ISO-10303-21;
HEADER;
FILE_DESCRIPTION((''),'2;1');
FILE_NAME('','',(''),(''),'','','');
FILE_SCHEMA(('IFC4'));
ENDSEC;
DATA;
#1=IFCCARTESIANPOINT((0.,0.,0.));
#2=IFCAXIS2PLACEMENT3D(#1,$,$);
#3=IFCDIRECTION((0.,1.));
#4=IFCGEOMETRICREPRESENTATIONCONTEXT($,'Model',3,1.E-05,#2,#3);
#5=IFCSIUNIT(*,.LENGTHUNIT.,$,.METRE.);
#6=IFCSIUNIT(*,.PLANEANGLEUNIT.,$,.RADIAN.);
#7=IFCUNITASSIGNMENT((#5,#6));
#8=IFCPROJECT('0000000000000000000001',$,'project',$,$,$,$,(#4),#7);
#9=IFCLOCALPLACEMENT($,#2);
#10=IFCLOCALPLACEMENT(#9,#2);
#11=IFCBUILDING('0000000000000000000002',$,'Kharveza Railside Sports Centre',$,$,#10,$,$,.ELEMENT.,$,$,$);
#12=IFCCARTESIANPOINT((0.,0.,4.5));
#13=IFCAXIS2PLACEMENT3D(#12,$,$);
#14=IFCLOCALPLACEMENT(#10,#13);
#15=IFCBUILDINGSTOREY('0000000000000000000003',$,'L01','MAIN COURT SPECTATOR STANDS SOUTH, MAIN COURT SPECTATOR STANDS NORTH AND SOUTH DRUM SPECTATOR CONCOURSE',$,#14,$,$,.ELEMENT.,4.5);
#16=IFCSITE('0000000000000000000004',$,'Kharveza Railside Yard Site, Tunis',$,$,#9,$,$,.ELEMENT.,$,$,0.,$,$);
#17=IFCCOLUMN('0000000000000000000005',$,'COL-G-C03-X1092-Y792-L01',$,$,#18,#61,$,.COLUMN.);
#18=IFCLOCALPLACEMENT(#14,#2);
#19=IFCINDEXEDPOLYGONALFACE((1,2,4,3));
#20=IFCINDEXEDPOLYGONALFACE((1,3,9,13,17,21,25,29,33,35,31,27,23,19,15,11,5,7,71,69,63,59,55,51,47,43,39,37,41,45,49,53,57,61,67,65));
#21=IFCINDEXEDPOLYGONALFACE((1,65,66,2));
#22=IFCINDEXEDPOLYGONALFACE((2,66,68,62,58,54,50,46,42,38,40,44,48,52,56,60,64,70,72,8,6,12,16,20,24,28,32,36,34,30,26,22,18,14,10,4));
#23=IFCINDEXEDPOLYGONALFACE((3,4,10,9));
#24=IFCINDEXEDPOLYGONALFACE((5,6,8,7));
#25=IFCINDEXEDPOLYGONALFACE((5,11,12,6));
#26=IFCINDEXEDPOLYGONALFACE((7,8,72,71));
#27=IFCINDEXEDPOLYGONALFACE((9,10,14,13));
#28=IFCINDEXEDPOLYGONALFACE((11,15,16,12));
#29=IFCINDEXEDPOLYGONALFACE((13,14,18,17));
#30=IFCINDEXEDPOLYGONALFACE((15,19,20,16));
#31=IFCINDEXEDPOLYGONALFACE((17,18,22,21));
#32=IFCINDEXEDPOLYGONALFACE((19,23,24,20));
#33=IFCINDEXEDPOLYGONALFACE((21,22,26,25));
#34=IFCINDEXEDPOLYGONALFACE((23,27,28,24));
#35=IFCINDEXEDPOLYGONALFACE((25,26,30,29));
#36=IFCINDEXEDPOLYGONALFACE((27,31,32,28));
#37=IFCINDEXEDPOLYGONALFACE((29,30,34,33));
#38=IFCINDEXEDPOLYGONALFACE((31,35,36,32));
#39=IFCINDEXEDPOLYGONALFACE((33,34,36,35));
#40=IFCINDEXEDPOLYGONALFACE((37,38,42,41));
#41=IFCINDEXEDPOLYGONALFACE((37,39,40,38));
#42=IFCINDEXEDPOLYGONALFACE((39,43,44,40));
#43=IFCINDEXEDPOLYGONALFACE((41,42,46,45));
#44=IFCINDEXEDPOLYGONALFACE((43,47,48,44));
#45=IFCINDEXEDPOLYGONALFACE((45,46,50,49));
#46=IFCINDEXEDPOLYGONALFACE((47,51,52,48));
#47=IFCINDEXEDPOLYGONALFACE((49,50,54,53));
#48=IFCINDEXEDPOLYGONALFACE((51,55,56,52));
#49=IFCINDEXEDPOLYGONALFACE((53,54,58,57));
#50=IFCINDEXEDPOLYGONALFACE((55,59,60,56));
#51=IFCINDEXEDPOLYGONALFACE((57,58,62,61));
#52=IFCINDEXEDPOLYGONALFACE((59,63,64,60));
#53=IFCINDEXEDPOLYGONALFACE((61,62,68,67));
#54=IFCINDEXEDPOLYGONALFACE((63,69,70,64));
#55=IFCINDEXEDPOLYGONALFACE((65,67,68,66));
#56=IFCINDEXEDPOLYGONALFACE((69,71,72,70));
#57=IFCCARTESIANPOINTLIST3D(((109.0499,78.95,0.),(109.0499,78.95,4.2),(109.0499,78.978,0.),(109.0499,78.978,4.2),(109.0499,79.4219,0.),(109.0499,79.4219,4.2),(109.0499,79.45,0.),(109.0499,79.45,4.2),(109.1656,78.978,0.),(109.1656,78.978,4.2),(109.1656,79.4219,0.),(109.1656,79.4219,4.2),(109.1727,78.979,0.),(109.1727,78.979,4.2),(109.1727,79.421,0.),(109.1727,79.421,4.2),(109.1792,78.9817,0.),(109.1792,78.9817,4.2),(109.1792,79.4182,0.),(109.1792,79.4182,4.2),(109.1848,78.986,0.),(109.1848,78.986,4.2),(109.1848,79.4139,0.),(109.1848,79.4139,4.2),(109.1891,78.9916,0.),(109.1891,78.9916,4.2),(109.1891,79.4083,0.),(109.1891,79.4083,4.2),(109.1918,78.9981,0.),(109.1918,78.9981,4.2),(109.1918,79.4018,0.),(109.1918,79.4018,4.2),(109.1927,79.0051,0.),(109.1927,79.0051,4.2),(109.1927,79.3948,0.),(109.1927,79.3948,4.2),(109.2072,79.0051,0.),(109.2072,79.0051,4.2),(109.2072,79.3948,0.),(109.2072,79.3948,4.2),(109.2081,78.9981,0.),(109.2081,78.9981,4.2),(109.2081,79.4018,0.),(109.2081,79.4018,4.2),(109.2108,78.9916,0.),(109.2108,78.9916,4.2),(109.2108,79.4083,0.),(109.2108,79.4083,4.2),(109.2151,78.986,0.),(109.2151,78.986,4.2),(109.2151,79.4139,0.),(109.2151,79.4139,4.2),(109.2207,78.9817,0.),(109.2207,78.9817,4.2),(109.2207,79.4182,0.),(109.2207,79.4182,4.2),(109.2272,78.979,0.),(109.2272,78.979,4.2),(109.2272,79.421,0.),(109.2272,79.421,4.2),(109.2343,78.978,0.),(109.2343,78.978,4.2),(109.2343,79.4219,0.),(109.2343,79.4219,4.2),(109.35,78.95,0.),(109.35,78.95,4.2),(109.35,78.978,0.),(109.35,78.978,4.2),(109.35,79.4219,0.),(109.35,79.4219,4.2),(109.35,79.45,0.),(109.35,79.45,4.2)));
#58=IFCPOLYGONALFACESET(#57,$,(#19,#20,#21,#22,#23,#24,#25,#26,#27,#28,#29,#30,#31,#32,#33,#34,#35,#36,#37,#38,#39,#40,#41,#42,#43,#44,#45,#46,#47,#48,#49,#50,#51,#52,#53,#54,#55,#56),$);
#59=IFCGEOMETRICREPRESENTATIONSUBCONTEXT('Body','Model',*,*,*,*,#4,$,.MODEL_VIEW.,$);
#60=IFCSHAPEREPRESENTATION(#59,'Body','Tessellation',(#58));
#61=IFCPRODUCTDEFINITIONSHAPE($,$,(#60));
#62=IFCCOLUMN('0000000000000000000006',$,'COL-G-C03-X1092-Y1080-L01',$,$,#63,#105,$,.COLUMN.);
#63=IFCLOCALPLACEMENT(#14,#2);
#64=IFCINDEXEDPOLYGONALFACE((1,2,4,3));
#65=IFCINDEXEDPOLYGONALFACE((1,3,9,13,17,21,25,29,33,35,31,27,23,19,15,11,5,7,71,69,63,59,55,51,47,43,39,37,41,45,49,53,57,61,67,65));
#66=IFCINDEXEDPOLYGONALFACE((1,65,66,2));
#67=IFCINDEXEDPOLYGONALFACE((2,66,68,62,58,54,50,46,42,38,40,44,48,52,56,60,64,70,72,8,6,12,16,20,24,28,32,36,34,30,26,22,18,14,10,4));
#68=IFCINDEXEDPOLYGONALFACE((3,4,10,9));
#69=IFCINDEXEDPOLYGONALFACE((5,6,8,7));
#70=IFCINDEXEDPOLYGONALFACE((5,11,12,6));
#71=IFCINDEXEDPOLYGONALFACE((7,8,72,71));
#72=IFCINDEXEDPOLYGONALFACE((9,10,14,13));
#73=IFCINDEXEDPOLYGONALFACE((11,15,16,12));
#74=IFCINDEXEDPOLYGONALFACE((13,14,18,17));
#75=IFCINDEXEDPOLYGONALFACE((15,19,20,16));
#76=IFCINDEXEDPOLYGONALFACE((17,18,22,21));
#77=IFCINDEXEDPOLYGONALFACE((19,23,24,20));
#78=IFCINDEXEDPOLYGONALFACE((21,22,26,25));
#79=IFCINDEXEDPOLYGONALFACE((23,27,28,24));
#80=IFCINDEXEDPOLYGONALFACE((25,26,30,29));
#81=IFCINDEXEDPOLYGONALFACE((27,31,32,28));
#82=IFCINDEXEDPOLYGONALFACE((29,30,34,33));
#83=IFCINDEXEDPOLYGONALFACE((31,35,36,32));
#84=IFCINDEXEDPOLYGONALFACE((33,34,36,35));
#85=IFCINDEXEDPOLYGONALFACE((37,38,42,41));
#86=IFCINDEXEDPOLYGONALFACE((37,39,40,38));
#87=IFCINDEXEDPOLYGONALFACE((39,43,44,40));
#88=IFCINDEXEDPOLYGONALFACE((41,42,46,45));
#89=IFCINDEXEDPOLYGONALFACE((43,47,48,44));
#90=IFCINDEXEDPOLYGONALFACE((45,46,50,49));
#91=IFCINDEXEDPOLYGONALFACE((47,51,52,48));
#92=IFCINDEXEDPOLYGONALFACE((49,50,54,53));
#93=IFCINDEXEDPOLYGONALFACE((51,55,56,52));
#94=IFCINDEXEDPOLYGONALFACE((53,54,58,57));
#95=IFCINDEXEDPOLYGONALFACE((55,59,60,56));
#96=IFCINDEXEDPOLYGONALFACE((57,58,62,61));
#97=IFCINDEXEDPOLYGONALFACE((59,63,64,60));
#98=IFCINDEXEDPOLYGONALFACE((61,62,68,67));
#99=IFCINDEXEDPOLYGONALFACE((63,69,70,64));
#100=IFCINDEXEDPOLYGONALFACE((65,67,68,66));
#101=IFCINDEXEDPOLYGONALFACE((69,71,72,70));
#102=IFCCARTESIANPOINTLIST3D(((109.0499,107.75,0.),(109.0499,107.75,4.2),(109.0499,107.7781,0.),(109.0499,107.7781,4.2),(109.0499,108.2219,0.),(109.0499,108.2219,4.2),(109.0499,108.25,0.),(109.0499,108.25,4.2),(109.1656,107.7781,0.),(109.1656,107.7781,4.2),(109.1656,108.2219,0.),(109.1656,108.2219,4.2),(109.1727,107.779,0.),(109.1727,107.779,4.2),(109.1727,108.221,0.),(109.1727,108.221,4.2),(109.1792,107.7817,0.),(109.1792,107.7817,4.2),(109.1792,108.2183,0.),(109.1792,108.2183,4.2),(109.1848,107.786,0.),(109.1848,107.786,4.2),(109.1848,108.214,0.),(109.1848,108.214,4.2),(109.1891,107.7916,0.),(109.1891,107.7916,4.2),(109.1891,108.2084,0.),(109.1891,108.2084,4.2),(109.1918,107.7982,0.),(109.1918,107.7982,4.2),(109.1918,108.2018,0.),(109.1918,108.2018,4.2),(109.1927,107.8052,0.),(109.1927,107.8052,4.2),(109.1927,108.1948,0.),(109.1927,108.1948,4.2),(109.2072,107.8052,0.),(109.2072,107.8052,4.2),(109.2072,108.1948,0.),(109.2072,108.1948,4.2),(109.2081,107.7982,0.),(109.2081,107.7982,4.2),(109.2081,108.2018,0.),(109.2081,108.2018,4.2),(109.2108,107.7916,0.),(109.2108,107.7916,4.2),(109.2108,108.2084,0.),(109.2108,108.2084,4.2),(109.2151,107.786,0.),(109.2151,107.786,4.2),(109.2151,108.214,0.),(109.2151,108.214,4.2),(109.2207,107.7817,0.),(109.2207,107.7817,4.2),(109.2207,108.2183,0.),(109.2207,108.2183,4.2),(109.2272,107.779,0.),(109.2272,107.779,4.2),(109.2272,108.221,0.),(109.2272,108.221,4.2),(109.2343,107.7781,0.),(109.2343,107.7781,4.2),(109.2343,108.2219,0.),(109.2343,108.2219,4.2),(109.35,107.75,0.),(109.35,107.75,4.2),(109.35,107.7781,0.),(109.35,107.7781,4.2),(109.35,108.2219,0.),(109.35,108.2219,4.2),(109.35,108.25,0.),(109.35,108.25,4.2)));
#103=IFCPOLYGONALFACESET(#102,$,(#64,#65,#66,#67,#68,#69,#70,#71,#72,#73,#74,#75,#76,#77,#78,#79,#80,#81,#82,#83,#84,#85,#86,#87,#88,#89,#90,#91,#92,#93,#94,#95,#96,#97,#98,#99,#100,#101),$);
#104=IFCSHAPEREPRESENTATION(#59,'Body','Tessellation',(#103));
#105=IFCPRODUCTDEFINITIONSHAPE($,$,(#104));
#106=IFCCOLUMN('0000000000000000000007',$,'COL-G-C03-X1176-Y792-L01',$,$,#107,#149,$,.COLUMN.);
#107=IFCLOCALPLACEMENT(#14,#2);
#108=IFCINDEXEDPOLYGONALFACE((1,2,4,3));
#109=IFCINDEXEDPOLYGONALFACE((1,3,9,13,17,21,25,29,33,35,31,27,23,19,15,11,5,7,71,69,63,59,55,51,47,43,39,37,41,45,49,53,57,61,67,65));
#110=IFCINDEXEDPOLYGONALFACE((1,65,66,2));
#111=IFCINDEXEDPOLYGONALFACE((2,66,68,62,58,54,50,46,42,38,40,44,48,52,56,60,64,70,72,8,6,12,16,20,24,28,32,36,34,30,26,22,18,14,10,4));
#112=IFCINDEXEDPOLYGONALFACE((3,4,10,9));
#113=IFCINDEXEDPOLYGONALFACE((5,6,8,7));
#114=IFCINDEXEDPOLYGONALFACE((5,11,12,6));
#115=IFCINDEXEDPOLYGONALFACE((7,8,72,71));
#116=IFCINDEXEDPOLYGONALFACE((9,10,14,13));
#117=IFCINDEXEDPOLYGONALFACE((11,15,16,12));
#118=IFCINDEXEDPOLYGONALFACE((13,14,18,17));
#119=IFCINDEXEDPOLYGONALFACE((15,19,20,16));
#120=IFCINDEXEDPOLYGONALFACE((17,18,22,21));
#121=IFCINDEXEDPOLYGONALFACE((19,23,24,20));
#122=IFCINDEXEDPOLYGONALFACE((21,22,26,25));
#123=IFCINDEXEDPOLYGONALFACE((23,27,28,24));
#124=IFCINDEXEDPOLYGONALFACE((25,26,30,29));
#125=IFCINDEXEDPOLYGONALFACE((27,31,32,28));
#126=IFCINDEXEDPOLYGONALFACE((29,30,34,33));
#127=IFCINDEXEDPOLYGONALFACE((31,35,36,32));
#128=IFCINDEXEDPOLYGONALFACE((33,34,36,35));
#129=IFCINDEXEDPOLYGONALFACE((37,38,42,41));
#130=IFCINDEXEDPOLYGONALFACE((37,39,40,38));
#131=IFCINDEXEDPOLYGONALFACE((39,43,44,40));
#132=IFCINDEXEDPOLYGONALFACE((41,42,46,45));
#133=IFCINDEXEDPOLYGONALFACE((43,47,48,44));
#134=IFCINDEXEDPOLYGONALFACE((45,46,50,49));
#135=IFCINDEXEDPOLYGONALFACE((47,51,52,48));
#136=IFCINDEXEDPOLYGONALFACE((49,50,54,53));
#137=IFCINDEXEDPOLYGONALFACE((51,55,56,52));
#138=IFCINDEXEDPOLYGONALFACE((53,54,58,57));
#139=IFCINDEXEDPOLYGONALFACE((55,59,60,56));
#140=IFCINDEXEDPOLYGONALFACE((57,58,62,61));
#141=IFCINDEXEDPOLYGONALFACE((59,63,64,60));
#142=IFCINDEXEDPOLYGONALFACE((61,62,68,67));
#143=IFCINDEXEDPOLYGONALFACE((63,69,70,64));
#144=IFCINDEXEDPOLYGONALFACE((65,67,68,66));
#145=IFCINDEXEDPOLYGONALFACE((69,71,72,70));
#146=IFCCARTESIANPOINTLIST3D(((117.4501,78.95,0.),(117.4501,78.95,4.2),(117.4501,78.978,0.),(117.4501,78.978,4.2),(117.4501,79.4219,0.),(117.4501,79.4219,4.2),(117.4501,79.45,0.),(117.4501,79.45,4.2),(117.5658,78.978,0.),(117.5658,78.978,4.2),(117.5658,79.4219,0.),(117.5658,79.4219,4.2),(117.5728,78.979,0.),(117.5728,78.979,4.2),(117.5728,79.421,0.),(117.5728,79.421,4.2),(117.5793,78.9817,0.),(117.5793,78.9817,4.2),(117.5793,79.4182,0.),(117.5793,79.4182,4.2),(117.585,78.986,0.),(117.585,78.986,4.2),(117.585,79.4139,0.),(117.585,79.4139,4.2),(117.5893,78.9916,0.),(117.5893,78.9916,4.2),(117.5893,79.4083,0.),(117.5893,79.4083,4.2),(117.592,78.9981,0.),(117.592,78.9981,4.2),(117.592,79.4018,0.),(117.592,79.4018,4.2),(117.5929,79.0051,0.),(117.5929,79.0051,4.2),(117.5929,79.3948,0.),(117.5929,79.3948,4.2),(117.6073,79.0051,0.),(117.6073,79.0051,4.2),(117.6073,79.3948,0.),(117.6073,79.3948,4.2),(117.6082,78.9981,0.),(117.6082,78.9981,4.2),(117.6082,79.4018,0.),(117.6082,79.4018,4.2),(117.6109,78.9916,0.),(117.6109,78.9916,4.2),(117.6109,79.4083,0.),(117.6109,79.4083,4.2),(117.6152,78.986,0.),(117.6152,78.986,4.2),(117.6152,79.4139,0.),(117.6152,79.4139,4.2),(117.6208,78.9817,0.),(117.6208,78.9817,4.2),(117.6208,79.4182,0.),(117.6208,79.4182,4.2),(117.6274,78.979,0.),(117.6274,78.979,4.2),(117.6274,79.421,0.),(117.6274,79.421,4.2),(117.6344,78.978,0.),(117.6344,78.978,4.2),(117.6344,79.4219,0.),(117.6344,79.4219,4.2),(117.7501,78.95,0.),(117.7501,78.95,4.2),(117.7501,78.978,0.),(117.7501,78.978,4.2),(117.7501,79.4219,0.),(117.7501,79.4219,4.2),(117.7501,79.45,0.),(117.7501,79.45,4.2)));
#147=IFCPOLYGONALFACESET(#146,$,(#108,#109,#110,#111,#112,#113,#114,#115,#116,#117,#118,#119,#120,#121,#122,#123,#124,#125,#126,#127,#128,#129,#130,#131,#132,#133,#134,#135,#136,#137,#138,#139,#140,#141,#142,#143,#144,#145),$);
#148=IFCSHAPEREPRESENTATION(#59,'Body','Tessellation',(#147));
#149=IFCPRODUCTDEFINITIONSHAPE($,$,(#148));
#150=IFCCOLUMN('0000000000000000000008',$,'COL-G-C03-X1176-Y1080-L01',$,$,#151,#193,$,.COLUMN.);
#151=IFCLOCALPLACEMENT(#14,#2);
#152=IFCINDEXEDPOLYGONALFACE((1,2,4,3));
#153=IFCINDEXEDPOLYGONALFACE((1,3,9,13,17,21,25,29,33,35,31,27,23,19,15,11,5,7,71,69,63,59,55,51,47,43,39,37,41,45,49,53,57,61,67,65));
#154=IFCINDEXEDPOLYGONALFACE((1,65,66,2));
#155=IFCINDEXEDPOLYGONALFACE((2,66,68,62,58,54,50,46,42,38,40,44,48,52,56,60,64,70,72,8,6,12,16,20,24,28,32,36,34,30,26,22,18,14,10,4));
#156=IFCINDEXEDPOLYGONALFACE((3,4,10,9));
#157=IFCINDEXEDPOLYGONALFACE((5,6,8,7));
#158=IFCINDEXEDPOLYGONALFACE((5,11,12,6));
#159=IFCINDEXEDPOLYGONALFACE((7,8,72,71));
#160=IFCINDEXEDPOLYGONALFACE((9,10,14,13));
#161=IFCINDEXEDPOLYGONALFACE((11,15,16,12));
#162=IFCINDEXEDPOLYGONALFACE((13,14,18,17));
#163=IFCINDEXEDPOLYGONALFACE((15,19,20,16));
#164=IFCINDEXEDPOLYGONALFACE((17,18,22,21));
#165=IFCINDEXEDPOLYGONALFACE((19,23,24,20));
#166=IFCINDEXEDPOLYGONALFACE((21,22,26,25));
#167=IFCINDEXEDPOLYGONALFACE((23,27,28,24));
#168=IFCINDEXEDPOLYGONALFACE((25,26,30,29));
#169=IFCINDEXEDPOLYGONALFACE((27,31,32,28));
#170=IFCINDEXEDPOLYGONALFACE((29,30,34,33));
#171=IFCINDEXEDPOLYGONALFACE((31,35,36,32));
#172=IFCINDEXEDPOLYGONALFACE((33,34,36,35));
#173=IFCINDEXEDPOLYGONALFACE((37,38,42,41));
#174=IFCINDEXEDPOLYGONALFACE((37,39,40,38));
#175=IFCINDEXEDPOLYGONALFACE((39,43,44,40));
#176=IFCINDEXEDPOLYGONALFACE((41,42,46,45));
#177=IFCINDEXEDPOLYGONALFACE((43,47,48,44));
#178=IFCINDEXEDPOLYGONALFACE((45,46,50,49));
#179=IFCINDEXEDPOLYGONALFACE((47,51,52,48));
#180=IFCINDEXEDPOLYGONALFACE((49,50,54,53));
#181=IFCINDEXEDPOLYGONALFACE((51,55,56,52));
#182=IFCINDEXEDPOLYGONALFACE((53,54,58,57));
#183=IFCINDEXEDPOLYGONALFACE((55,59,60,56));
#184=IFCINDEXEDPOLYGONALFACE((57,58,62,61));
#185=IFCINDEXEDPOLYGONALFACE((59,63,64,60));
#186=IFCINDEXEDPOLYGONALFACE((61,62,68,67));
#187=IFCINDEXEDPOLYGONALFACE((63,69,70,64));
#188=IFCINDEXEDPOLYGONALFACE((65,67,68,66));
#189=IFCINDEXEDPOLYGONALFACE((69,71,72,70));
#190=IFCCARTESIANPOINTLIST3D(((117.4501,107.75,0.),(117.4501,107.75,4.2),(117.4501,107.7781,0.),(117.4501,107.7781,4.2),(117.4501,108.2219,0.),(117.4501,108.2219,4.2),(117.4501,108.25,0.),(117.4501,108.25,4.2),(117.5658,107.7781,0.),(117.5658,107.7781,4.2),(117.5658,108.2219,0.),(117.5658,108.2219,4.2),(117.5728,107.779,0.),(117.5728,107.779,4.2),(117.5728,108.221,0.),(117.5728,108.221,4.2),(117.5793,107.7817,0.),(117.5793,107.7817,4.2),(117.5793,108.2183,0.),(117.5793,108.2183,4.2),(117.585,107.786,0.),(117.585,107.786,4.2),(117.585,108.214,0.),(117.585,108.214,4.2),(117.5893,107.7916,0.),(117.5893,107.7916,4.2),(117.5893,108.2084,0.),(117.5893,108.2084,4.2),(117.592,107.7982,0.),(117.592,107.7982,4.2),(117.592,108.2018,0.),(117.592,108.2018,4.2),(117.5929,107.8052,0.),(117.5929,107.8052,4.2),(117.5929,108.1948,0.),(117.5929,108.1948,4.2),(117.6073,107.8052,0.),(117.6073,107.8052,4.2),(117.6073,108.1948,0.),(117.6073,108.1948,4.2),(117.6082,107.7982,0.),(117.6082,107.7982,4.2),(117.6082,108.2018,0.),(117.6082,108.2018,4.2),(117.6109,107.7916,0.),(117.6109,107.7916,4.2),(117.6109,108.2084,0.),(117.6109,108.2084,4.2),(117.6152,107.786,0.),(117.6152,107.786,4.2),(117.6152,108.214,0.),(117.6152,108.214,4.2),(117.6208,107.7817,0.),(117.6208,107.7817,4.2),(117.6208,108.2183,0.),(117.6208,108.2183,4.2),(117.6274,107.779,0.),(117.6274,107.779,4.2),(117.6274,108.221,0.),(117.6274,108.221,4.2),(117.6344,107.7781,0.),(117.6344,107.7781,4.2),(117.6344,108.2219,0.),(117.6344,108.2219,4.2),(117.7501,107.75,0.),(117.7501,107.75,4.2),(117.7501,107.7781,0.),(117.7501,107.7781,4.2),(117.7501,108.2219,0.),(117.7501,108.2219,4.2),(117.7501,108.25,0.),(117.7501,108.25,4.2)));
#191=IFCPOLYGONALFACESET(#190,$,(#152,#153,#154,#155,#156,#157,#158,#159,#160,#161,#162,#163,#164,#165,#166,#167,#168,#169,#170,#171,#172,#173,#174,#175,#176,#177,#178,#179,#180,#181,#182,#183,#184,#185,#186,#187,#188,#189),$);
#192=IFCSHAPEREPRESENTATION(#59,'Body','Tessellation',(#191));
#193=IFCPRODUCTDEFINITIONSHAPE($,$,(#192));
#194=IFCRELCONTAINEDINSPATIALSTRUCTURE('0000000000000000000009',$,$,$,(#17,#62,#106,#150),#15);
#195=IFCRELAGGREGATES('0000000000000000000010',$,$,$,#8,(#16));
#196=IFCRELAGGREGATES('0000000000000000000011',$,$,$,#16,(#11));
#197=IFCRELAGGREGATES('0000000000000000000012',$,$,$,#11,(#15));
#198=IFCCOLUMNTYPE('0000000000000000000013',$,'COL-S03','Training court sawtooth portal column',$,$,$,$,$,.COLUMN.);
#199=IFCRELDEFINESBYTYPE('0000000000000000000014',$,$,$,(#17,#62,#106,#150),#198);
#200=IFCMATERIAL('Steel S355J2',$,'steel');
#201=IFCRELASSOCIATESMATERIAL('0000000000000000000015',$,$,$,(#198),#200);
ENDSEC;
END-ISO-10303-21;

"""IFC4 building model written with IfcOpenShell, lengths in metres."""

from ifc_helpers import new_model, si_unit, direction, frame, origin, origin_2d, place, context, subcontext, project, spatial, i_section, extrude, material, material_profile, profile_set, type_object, element, save


model = new_model("IFC4")

# Units and contexts
model_context = context("Model", 3, precision=1e-05, world=origin(), true_north=direction((0.0, 1.0)))
body_context = subcontext(model_context, "Body", "Model", "MODEL_VIEW")
ifc_project = project(units=[si_unit("LENGTHUNIT", "METRE"), si_unit("PLANEANGLEUNIT", "RADIAN")], contexts=[model_context])

# Site, building, storey
site_placement = place(None, origin())
site = spatial("IfcSite", under=ifc_project, at=site_placement, Name="Kharveza Railside Yard Site, Tunis", CompositionType="ELEMENT", RefElevation=0.0)
building_placement = place(site_placement, origin())
building = spatial("IfcBuilding", under=site, at=building_placement, Name="Kharveza Railside Sports Centre", CompositionType="ELEMENT")
storey_placement = place(building_placement, frame((0.0, 0.0, 4.5)))
storey = spatial("IfcBuildingStorey", under=building, at=storey_placement, Name="L01", Description="MAIN COURT SPECTATOR STANDS SOUTH, MAIN COURT SPECTATOR STANDS NORTH AND SOUTH DRUM SPECTATOR CONCOURSE", CompositionType="ELEMENT", Elevation=4.5)

# Columns
ifc_material_1 = material(Name="Steel S355J2", Category="steel")
ifc_material_profile_1 = material_profile(ifc_material_1, i_section(OverallWidth=0.3, OverallDepth=0.5, WebThickness=0.0144, FlangeThickness=0.0281, FilletRadius=0.0271, at=origin_2d()), Name="HEB 500")
ifc_profile_set_1 = profile_set([ifc_material_profile_1], Name="Steel S355J2")
column_type = type_object("IfcColumnType", Name="COL-S03", Description="Training court sawtooth portal column", PredefinedType="COLUMN", material=ifc_profile_set_1)
for number, where, z_axis, x_axis, name in (
    (1, (109.2, 79.2, 0.0), (0.0, 0.0, 1.0), (1.0, 0.0, 0.0), "COL-G-C03-X1092-Y792-L01"),
    (2, (109.2, 108.0, 0.0), (0.0, 0.0, 1.0), (1.0, 0.0, 0.0), "COL-G-C03-X1092-Y1080-L01"),
    (3, (117.6001, 79.2, 0.0), (0.0, 0.0, 1.0), (1.0, 0.0, 0.0), "COL-G-C03-X1176-Y792-L01"),
    (4, (117.6001, 108.0, 0.0), (0.0, 0.0, 1.0), (1.0, 0.0, 0.0), "COL-G-C03-X1176-Y1080-L01"),
):
    element("IfcColumn", number, at=place(storey_placement, frame(where, z_axis=z_axis, x_axis=x_axis)), inside=storey, type_object=column_type, Name=name, PredefinedType="COLUMN", context=body_context, shape_type="SweptSolid", body=[
        extrude(i_section(OverallWidth=0.3, OverallDepth=0.5, WebThickness=0.0144, FlangeThickness=0.0281, FilletRadius=0.0271, at=origin_2d()), origin(), (0.0, 0.0, 1.0), 4.2),
    ])

save(model, "model.ifc")
